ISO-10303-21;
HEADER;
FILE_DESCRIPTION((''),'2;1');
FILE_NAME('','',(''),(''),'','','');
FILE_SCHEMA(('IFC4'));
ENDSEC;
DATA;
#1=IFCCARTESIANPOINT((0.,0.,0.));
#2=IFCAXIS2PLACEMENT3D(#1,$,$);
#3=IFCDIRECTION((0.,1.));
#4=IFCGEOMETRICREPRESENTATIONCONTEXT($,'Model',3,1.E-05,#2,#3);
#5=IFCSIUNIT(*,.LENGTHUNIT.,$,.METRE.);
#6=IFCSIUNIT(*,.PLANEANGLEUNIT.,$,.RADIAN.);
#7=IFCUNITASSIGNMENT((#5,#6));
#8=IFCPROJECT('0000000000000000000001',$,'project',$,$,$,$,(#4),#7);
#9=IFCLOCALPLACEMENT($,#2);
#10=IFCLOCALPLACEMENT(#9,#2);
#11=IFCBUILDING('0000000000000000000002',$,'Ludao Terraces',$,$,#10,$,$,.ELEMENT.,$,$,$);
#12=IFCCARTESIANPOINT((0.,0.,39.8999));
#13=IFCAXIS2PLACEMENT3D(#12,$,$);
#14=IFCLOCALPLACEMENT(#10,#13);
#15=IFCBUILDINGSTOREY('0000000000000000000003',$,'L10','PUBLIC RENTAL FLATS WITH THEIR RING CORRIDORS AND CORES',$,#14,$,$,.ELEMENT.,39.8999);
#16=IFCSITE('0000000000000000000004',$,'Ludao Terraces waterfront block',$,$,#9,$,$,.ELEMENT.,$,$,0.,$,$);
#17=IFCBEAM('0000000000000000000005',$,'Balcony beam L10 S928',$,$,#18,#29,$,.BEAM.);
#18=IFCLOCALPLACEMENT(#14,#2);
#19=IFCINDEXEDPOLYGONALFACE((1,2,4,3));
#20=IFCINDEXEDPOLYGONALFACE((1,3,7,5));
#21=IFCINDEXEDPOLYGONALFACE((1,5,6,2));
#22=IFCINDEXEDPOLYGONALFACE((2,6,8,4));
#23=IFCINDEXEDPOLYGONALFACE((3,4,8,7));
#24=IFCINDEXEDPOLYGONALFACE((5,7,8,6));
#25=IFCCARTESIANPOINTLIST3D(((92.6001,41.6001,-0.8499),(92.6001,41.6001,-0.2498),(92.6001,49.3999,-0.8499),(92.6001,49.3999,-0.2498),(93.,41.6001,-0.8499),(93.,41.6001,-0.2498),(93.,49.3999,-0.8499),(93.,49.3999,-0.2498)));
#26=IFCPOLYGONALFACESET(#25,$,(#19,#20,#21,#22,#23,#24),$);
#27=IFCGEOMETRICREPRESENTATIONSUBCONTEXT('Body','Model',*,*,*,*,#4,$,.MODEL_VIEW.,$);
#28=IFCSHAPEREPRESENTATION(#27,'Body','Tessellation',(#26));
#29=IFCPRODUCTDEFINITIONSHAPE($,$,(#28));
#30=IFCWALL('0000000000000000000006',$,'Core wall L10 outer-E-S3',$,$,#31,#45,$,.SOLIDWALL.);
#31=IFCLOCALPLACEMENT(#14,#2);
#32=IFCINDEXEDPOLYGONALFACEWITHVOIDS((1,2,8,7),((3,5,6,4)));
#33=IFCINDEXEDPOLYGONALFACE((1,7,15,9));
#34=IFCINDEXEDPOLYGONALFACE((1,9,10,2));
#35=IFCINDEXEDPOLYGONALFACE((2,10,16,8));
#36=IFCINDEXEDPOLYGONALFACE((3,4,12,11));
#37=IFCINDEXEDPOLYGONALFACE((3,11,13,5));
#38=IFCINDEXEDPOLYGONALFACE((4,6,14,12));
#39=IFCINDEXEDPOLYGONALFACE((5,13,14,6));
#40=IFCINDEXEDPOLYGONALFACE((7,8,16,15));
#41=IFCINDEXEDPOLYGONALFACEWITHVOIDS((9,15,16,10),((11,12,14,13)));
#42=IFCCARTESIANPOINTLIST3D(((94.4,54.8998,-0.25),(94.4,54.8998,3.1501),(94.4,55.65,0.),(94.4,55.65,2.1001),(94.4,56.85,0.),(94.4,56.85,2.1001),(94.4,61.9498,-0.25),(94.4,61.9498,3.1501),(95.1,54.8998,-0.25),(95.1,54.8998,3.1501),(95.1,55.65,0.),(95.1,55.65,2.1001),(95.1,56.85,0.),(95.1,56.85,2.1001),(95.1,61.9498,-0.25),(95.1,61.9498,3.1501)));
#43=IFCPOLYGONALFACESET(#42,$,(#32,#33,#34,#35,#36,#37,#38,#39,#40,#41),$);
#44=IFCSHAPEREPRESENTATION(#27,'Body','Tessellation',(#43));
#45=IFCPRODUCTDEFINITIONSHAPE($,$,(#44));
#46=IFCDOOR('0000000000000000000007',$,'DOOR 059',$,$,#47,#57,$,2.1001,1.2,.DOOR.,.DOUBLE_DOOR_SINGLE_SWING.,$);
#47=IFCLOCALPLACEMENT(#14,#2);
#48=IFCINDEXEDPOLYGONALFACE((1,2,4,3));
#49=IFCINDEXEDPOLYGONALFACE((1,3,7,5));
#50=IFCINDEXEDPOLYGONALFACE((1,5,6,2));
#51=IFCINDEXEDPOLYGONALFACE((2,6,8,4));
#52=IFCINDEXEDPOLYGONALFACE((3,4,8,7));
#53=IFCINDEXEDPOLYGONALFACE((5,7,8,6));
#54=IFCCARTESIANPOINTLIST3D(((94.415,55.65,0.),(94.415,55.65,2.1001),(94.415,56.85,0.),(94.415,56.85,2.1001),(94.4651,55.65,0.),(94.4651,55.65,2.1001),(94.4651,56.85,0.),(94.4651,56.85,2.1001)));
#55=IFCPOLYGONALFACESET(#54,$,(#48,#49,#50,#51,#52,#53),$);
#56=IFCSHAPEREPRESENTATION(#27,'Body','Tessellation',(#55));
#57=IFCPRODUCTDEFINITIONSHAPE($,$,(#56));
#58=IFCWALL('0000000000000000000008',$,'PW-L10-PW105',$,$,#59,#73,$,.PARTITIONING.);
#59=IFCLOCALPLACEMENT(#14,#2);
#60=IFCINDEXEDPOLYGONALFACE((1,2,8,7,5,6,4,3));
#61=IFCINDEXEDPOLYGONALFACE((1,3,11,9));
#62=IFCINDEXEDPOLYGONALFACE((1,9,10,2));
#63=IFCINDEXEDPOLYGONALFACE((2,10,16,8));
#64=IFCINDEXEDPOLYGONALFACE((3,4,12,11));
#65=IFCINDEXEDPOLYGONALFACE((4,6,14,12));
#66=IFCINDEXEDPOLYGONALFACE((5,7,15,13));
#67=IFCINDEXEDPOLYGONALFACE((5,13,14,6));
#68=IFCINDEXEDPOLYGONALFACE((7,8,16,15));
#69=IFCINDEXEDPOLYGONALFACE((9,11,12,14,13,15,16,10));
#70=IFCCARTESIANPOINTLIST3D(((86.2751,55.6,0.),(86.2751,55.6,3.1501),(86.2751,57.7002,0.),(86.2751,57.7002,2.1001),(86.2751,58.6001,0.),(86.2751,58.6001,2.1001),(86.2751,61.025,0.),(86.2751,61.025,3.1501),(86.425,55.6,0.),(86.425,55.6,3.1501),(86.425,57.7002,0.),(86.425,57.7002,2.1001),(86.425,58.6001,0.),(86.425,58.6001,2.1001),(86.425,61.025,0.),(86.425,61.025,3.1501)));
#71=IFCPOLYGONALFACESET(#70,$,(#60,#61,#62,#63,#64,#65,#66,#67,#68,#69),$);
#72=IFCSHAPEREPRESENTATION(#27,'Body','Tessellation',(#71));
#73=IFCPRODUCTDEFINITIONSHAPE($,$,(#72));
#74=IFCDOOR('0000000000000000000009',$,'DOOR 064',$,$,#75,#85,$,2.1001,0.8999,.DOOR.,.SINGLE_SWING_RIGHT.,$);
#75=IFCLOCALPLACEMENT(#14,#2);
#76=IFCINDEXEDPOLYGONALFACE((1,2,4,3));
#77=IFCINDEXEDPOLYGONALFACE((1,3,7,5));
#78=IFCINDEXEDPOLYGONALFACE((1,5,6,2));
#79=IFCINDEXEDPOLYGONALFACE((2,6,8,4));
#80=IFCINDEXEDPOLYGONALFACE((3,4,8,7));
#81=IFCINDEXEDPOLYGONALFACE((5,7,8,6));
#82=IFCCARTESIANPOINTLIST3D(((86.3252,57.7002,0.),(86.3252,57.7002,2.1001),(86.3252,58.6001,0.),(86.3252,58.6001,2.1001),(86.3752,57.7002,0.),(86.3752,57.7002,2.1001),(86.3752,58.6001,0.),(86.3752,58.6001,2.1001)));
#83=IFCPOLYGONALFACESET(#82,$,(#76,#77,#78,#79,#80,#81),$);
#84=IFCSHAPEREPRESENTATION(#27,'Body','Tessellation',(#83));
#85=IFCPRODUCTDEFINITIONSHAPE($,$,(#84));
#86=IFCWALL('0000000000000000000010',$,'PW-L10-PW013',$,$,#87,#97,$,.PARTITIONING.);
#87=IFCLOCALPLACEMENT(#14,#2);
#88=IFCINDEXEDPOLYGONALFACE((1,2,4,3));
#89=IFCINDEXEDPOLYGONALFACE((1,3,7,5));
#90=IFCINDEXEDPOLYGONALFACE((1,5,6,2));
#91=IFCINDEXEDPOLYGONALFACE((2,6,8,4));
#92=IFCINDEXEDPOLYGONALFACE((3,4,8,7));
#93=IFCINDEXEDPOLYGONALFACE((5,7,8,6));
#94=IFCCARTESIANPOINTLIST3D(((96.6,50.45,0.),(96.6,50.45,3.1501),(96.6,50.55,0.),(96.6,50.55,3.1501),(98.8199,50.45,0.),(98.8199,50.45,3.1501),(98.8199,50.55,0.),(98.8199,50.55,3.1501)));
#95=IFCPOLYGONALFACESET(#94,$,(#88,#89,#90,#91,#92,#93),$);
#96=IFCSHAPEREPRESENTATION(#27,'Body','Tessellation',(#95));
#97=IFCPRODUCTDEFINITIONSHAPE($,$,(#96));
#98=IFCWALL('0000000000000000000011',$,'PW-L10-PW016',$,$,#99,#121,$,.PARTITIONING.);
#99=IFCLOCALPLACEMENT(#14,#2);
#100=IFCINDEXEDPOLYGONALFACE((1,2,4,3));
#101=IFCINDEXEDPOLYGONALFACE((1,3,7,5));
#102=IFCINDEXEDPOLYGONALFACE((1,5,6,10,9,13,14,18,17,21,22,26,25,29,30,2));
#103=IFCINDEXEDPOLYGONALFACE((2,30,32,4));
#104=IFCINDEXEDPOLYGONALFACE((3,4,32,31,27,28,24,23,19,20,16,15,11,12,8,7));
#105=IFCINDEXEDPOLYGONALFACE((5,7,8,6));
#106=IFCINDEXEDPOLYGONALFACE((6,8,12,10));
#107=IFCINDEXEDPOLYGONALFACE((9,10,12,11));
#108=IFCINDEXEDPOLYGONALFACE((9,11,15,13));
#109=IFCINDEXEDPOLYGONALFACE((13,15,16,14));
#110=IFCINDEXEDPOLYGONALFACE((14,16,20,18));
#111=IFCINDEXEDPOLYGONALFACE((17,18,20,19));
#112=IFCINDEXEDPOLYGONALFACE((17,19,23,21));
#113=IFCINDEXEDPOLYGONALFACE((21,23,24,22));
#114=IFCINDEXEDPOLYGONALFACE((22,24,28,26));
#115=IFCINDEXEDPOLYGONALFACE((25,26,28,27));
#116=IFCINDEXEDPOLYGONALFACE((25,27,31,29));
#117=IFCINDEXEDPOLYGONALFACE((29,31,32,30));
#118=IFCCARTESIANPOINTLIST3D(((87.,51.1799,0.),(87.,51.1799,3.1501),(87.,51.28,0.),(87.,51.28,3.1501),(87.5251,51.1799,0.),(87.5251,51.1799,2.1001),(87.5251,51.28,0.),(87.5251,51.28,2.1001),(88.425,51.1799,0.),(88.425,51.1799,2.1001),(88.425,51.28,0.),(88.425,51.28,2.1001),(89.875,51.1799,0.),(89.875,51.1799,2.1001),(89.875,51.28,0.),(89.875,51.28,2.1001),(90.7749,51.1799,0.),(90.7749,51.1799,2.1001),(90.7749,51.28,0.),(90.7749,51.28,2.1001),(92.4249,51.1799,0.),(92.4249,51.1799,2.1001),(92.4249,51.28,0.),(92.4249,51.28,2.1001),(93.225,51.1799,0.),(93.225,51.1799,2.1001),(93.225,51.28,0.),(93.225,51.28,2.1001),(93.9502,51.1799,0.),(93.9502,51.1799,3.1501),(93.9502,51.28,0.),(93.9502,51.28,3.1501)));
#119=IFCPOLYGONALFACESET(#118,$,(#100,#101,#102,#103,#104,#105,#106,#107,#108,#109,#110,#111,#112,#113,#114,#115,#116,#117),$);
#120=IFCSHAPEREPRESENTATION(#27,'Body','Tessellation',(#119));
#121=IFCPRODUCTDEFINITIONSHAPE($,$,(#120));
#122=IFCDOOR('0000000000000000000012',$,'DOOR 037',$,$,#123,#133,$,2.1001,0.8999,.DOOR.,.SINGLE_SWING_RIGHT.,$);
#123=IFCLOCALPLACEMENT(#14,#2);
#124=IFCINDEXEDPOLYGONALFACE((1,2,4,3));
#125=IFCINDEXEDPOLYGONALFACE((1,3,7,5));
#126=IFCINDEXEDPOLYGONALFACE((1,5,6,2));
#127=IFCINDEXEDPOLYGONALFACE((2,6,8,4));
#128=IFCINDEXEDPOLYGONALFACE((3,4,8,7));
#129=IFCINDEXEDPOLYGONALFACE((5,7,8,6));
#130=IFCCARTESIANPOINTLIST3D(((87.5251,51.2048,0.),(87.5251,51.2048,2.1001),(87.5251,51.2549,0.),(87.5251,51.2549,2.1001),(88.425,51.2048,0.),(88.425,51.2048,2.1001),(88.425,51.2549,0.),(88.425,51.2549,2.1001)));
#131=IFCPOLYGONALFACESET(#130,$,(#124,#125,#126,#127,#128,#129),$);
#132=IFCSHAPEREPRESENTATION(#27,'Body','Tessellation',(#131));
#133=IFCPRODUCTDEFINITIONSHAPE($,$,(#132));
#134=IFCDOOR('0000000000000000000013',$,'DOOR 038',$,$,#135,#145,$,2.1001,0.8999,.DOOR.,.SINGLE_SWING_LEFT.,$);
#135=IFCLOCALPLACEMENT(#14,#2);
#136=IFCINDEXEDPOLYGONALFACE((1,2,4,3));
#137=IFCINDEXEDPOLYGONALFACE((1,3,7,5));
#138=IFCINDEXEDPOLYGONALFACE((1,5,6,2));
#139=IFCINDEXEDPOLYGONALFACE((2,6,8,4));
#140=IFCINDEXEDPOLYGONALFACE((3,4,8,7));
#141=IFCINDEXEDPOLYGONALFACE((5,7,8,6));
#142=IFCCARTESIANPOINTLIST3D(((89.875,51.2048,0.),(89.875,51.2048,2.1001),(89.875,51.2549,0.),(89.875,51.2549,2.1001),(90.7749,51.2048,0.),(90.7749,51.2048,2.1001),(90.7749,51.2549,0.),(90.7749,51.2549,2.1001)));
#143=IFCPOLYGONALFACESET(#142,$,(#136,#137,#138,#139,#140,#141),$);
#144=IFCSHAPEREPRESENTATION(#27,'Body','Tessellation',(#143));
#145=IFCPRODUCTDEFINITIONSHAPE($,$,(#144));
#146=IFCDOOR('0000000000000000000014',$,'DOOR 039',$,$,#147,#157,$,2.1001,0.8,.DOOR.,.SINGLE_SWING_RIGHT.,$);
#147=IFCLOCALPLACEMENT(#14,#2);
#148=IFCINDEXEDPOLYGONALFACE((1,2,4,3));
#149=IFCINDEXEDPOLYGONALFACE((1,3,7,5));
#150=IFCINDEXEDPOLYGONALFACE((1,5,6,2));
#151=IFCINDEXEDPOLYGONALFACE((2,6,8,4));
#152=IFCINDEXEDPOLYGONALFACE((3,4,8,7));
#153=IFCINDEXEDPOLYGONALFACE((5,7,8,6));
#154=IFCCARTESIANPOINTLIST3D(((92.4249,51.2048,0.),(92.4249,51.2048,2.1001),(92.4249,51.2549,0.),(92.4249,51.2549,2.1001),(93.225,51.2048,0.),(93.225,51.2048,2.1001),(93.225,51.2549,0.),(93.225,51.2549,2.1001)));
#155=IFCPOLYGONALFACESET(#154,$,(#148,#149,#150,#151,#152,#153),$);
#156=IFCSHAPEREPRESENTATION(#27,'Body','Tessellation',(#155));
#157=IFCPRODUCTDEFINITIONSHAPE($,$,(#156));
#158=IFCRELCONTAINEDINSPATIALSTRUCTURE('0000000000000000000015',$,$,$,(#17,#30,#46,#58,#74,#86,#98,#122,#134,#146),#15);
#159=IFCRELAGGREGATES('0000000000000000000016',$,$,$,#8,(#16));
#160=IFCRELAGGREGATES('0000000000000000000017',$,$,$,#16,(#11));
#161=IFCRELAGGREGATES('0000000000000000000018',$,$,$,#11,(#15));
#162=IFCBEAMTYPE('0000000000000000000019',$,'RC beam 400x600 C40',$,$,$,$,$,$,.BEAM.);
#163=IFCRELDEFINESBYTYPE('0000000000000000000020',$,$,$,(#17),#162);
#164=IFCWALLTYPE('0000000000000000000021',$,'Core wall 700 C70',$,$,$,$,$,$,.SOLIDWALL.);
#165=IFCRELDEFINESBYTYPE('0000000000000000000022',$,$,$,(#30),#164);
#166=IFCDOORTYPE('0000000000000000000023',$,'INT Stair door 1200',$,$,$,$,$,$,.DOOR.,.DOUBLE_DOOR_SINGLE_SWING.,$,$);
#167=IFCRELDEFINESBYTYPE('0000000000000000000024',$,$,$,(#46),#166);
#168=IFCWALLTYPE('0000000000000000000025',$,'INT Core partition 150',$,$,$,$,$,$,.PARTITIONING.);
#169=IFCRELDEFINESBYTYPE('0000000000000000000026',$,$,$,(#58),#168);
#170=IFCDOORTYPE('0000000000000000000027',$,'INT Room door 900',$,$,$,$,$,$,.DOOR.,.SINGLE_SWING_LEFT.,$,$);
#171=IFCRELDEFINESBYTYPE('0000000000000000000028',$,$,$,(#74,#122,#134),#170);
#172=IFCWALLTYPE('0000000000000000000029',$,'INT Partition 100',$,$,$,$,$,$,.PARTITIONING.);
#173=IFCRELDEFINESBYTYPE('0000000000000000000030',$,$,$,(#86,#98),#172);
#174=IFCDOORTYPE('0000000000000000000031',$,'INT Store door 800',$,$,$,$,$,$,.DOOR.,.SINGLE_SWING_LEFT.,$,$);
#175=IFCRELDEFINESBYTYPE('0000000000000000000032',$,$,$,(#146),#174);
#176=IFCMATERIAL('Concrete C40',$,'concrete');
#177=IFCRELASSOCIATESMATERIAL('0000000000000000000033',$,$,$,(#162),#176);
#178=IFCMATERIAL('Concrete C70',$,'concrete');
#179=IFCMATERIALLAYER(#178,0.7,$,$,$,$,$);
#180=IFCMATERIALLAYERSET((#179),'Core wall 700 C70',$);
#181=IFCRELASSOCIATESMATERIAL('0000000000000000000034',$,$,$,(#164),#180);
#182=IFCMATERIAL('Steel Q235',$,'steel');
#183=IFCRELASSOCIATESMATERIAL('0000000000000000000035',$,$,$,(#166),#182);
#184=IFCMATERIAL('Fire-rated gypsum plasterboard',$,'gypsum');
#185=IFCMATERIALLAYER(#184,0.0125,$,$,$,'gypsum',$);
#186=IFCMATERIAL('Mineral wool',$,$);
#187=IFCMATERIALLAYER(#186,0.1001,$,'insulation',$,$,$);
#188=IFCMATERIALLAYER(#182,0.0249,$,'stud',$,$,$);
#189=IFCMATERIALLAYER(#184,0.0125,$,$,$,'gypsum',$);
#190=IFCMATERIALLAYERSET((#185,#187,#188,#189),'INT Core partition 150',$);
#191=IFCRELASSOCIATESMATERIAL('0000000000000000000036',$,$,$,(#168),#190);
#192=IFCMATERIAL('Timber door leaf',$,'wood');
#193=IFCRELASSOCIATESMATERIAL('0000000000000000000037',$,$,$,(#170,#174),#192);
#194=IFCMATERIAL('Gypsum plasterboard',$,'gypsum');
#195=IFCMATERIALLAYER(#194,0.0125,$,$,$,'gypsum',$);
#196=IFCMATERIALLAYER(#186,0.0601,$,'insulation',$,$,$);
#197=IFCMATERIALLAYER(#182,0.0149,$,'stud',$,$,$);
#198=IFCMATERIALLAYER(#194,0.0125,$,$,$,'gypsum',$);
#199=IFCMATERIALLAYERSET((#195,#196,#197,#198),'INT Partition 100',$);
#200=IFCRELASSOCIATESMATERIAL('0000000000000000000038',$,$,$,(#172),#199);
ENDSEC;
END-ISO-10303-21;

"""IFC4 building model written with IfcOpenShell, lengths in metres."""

from ifc_helpers import new_model, si_unit, direction, frame, frame_2d, origin, origin_2d, place, context, subcontext, project, spatial, rectangle, extrude, material, layer, layer_set, material_profile, profile_set, type_object, element, fill, save


model = new_model("IFC4")

# Units and contexts
model_context = context("Model", 3, precision=1e-05, world=origin(), true_north=direction((0.0, 1.0)))
body_context = subcontext(model_context, "Body", "Model", "MODEL_VIEW")
ifc_project = project(units=[si_unit("LENGTHUNIT", "METRE"), si_unit("PLANEANGLEUNIT", "RADIAN")], contexts=[model_context])

# Site, building, storey
site_placement = place(None, origin())
site = spatial("IfcSite", under=ifc_project, at=site_placement, Name="Ludao Terraces waterfront block", CompositionType="ELEMENT", RefElevation=0.0)
building_placement = place(site_placement, origin())
building = spatial("IfcBuilding", under=site, at=building_placement, Name="Ludao Terraces", CompositionType="ELEMENT")
storey_placement = place(building_placement, frame((0.0, 0.0, 39.8999)))
storey = spatial("IfcBuildingStorey", under=building, at=storey_placement, Name="L10", Description="PUBLIC RENTAL FLATS WITH THEIR RING CORRIDORS AND CORES", CompositionType="ELEMENT", Elevation=39.8999)

# Beam
ifc_material_1 = material(Name="Concrete C40", Category="concrete")
ifc_material_profile = material_profile(ifc_material_1, rectangle(XDim=0.3999, YDim=0.6001, at=origin_2d()), Name="400 X 600")
ifc_profile_set = profile_set([ifc_material_profile], Name="Concrete C40")
beam_type = type_object("IfcBeamType", Name="RC beam 400x600 C40", PredefinedType="BEAM", material=ifc_profile_set)
beam_placement = place(storey_placement, frame((92.8, 49.3999, -0.5498), z_axis=(0.0, -1.0, 0.0), x_axis=(1.0, 0.0, 0.0)))
element("IfcBeam", 1, at=beam_placement, inside=storey, type_object=beam_type, Name="Balcony beam L10 S928", PredefinedType="BEAM", context=body_context, shape_type="SweptSolid", body=[
    extrude(rectangle(XDim=0.3999, YDim=0.6001, at=origin_2d()), origin(), (0.0, 0.0, 1.0), 7.7998),
])

# Walls, openings, doors
ifc_material_2 = material(Name="Concrete C70", Category="concrete")
ifc_layer_1 = layer(ifc_material_2, 0.7)
ifc_layer_set_1 = layer_set([ifc_layer_1], Name="Core wall 700 C70")
wall_type_1 = type_object("IfcWallType", Name="Core wall 700 C70", PredefinedType="SOLIDWALL", material=ifc_layer_set_1)
wall_1_placement = place(storey_placement, frame((94.75, 54.8999, -0.25), z_axis=(0.0, 0.0, 1.0), x_axis=(0.0, 1.0, 0.0)))
wall_1 = element("IfcWall", 2, at=wall_1_placement, inside=storey, type_object=wall_type_1, Name="Core wall L10 outer-E-S3", PredefinedType="SOLIDWALL", context=body_context, shape_type="SweptSolid", body=[
    extrude(rectangle(XDim=7.05, YDim=0.7, at=frame_2d((3.5249, 0.0))), origin(), (0.0, 0.0, 1.0), 3.4001),
])
opening_1_placement = place(wall_1_placement, frame((0.75, 0.0, 0.25)))
opening_1 = element("IfcOpeningElement", 3, at=opening_1_placement, cuts=wall_1, PredefinedType="OPENING", context=body_context, shape_type="SweptSolid", body=[
    extrude(rectangle(XDim=1.2, YDim=2.1001, at=frame_2d((0.6001, 1.05))), frame((0.0, 0.3599, 0.0), z_axis=(0.0, -1.0, 0.0), x_axis=(1.0, 0.0, 0.0)), (0.0, 0.0, 1.0), 0.72),
])
ifc_material_3 = material(Name="Steel Q235", Category="steel")
door_type_1 = type_object("IfcDoorType", Name="INT Stair door 1200", OperationType="DOUBLE_DOOR_SINGLE_SWING", PredefinedType="DOOR", material=ifc_material_3)
door_1_placement = place(opening_1_placement, origin())
door_1 = element("IfcDoor", 4, at=door_1_placement, inside=storey, type_object=door_type_1, Name="DOOR 059", OperationType="DOUBLE_DOOR_SINGLE_SWING", OverallHeight=2.1001, OverallWidth=1.2, PredefinedType="DOOR", context=body_context, shape_type="SweptSolid", body=[
    extrude(rectangle(XDim=1.2, YDim=2.1001, at=frame_2d((0.6001, 1.05))), frame((0.0, 0.335, 0.0), z_axis=(0.0, -1.0, 0.0), x_axis=(1.0, 0.0, 0.0)), (0.0, 0.0, 1.0), 0.05),
])
fill(opening_1, door_1)
ifc_material_4 = material(Name="Fire-rated gypsum plasterboard", Category="gypsum")
ifc_layer_2 = layer(ifc_material_4, 0.0125, Category="gypsum")
ifc_material_5 = material(Name="Mineral wool")
ifc_layer_3 = layer(ifc_material_5, 0.1001, Name="insulation")
ifc_layer_4 = layer(ifc_material_3, 0.0249, Name="stud")
ifc_layer_5 = layer(ifc_material_4, 0.0125, Category="gypsum")
ifc_layer_set_2 = layer_set([ifc_layer_2, ifc_layer_3, ifc_layer_4, ifc_layer_5], Name="INT Core partition 150")
wall_type_2 = type_object("IfcWallType", Name="INT Core partition 150", PredefinedType="PARTITIONING", material=ifc_layer_set_2)
wall_2_placement = place(storey_placement, frame((86.3501, 55.6001, 0.0), z_axis=(0.0, 0.0, 1.0), x_axis=(0.0, 1.0, 0.0)))
wall_2 = element("IfcWall", 5, at=wall_2_placement, inside=storey, type_object=wall_type_2, Name="PW-L10-PW105", PredefinedType="PARTITIONING", context=body_context, shape_type="SweptSolid", body=[
    extrude(rectangle(XDim=5.425, YDim=0.1499, at=frame_2d((2.7124, 0.0))), origin(), (0.0, 0.0, 1.0), 3.1501),
])
opening_2_placement = place(wall_2_placement, frame((2.1001, 0.0, 0.0)))
opening_2 = element("IfcOpeningElement", 6, at=opening_2_placement, cuts=wall_2, PredefinedType="OPENING", context=body_context, shape_type="SweptSolid", body=[
    extrude(rectangle(XDim=0.8999, YDim=2.1001, at=frame_2d((0.45, 1.05))), frame((0.0, 0.085, 0.0), z_axis=(0.0, -1.0, 0.0), x_axis=(1.0, 0.0, 0.0)), (0.0, 0.0, 1.0), 0.1699),
])
ifc_material_6 = material(Name="Timber door leaf", Category="wood")
door_type_2 = type_object("IfcDoorType", Name="INT Room door 900", OperationType="SINGLE_SWING_LEFT", PredefinedType="DOOR", material=ifc_material_6)
door_2_placement = place(opening_2_placement, origin())
door_2 = element("IfcDoor", 7, at=door_2_placement, inside=storey, type_object=door_type_2, Name="DOOR 064", OperationType="SINGLE_SWING_RIGHT", OverallHeight=2.1001, OverallWidth=0.8999, PredefinedType="DOOR", context=body_context, shape_type="SweptSolid", body=[
    extrude(rectangle(XDim=0.8999, YDim=2.1001, at=frame_2d((0.45, 1.05))), frame((0.0, 0.0249, 0.0), z_axis=(0.0, -1.0, 0.0), x_axis=(1.0, 0.0, 0.0)), (0.0, 0.0, 1.0), 0.05),
])
fill(opening_2, door_2)

# Wall
ifc_material_7 = material(Name="Gypsum plasterboard", Category="gypsum")
ifc_layer_6 = layer(ifc_material_7, 0.0125, Category="gypsum")
ifc_layer_7 = layer(ifc_material_5, 0.0601, Name="insulation")
ifc_layer_8 = layer(ifc_material_3, 0.0149, Name="stud")
ifc_layer_9 = layer(ifc_material_7, 0.0125, Category="gypsum")
ifc_layer_set_3 = layer_set([ifc_layer_6, ifc_layer_7, ifc_layer_8, ifc_layer_9], Name="INT Partition 100")
wall_type_3 = type_object("IfcWallType", Name="INT Partition 100", PredefinedType="PARTITIONING", material=ifc_layer_set_3)
wall_3_placement = place(storey_placement, frame((96.6001, 50.5, 0.0), z_axis=(0.0, 0.0, 1.0), x_axis=(1.0, 0.0, 0.0)))
element("IfcWall", 8, at=wall_3_placement, inside=storey, type_object=wall_type_3, Name="PW-L10-PW013", PredefinedType="PARTITIONING", context=body_context, shape_type="SweptSolid", body=[
    extrude(rectangle(XDim=2.22, YDim=0.1001, at=frame_2d((1.1099, 0.0))), origin(), (0.0, 0.0, 1.0), 3.1501),
])

# Wall, openings, doors
wall_4_placement = place(storey_placement, frame((87.0, 51.23, 0.0), z_axis=(0.0, 0.0, 1.0), x_axis=(1.0, 0.0, 0.0)))
wall_4 = element("IfcWall", 9, at=wall_4_placement, inside=storey, type_object=wall_type_3, Name="PW-L10-PW016", PredefinedType="PARTITIONING", context=body_context, shape_type="SweptSolid", body=[
    extrude(rectangle(XDim=6.9502, YDim=0.1001, at=frame_2d((3.4751, 0.0))), origin(), (0.0, 0.0, 1.0), 3.1501),
])
opening_3_placement = place(wall_4_placement, frame((0.5251, 0.0, 0.0)))
opening_3 = element("IfcOpeningElement", 10, at=opening_3_placement, cuts=wall_4, PredefinedType="OPENING", context=body_context, shape_type="SweptSolid", body=[
    extrude(rectangle(XDim=0.8999, YDim=2.1001, at=frame_2d((0.45, 1.05))), frame((0.0, 0.0601, 0.0), z_axis=(0.0, -1.0, 0.0), x_axis=(1.0, 0.0, 0.0)), (0.0, 0.0, 1.0), 0.1201),
])
opening_4_placement = place(wall_4_placement, frame((2.875, 0.0, 0.0)))
opening_4 = element("IfcOpeningElement", 11, at=opening_4_placement, cuts=wall_4, PredefinedType="OPENING", context=body_context, shape_type="SweptSolid", body=[
    extrude(rectangle(XDim=0.8999, YDim=2.1001, at=frame_2d((0.45, 1.05))), frame((0.0, 0.0601, 0.0), z_axis=(0.0, -1.0, 0.0), x_axis=(1.0, 0.0, 0.0)), (0.0, 0.0, 1.0), 0.1201),
])
opening_5_placement = place(wall_4_placement, frame((5.425, 0.0, 0.0)))
opening_5 = element("IfcOpeningElement", 12, at=opening_5_placement, cuts=wall_4, PredefinedType="OPENING", context=body_context, shape_type="SweptSolid", body=[
    extrude(rectangle(XDim=0.8, YDim=2.1001, at=frame_2d((0.3999, 1.05))), frame((0.0, 0.0601, 0.0), z_axis=(0.0, -1.0, 0.0), x_axis=(1.0, 0.0, 0.0)), (0.0, 0.0, 1.0), 0.1201),
])
door_3_placement = place(opening_3_placement, origin())
door_3 = element("IfcDoor", 13, at=door_3_placement, inside=storey, type_object=door_type_2, Name="DOOR 037", OperationType="SINGLE_SWING_RIGHT", OverallHeight=2.1001, OverallWidth=0.8999, PredefinedType="DOOR", context=body_context, shape_type="SweptSolid", body=[
    extrude(rectangle(XDim=0.8999, YDim=2.1001, at=frame_2d((0.45, 1.05))), frame((0.0, 0.0249, 0.0), z_axis=(0.0, -1.0, 0.0), x_axis=(1.0, 0.0, 0.0)), (0.0, 0.0, 1.0), 0.05),
])
fill(opening_3, door_3)
door_4_placement = place(opening_4_placement, origin())
door_4 = element("IfcDoor", 14, at=door_4_placement, inside=storey, type_object=door_type_2, Name="DOOR 038", OperationType="SINGLE_SWING_LEFT", OverallHeight=2.1001, OverallWidth=0.8999, PredefinedType="DOOR", context=body_context, shape_type="SweptSolid", body=[
    extrude(rectangle(XDim=0.8999, YDim=2.1001, at=frame_2d((0.45, 1.05))), frame((0.0, 0.0249, 0.0), z_axis=(0.0, -1.0, 0.0), x_axis=(1.0, 0.0, 0.0)), (0.0, 0.0, 1.0), 0.05),
])
fill(opening_4, door_4)
door_type_3 = type_object("IfcDoorType", Name="INT Store door 800", OperationType="SINGLE_SWING_LEFT", PredefinedType="DOOR", material=ifc_material_6)
door_5_placement = place(opening_5_placement, origin())
door_5 = element("IfcDoor", 15, at=door_5_placement, inside=storey, type_object=door_type_3, Name="DOOR 039", OperationType="SINGLE_SWING_RIGHT", OverallHeight=2.1001, OverallWidth=0.8, PredefinedType="DOOR", context=body_context, shape_type="SweptSolid", body=[
    extrude(rectangle(XDim=0.8, YDim=2.1001, at=frame_2d((0.3999, 1.05))), frame((0.0, 0.0249, 0.0), z_axis=(0.0, -1.0, 0.0), x_axis=(1.0, 0.0, 0.0)), (0.0, 0.0, 1.0), 0.05),
])
fill(opening_5, door_5)

save(model, "model.ifc")
